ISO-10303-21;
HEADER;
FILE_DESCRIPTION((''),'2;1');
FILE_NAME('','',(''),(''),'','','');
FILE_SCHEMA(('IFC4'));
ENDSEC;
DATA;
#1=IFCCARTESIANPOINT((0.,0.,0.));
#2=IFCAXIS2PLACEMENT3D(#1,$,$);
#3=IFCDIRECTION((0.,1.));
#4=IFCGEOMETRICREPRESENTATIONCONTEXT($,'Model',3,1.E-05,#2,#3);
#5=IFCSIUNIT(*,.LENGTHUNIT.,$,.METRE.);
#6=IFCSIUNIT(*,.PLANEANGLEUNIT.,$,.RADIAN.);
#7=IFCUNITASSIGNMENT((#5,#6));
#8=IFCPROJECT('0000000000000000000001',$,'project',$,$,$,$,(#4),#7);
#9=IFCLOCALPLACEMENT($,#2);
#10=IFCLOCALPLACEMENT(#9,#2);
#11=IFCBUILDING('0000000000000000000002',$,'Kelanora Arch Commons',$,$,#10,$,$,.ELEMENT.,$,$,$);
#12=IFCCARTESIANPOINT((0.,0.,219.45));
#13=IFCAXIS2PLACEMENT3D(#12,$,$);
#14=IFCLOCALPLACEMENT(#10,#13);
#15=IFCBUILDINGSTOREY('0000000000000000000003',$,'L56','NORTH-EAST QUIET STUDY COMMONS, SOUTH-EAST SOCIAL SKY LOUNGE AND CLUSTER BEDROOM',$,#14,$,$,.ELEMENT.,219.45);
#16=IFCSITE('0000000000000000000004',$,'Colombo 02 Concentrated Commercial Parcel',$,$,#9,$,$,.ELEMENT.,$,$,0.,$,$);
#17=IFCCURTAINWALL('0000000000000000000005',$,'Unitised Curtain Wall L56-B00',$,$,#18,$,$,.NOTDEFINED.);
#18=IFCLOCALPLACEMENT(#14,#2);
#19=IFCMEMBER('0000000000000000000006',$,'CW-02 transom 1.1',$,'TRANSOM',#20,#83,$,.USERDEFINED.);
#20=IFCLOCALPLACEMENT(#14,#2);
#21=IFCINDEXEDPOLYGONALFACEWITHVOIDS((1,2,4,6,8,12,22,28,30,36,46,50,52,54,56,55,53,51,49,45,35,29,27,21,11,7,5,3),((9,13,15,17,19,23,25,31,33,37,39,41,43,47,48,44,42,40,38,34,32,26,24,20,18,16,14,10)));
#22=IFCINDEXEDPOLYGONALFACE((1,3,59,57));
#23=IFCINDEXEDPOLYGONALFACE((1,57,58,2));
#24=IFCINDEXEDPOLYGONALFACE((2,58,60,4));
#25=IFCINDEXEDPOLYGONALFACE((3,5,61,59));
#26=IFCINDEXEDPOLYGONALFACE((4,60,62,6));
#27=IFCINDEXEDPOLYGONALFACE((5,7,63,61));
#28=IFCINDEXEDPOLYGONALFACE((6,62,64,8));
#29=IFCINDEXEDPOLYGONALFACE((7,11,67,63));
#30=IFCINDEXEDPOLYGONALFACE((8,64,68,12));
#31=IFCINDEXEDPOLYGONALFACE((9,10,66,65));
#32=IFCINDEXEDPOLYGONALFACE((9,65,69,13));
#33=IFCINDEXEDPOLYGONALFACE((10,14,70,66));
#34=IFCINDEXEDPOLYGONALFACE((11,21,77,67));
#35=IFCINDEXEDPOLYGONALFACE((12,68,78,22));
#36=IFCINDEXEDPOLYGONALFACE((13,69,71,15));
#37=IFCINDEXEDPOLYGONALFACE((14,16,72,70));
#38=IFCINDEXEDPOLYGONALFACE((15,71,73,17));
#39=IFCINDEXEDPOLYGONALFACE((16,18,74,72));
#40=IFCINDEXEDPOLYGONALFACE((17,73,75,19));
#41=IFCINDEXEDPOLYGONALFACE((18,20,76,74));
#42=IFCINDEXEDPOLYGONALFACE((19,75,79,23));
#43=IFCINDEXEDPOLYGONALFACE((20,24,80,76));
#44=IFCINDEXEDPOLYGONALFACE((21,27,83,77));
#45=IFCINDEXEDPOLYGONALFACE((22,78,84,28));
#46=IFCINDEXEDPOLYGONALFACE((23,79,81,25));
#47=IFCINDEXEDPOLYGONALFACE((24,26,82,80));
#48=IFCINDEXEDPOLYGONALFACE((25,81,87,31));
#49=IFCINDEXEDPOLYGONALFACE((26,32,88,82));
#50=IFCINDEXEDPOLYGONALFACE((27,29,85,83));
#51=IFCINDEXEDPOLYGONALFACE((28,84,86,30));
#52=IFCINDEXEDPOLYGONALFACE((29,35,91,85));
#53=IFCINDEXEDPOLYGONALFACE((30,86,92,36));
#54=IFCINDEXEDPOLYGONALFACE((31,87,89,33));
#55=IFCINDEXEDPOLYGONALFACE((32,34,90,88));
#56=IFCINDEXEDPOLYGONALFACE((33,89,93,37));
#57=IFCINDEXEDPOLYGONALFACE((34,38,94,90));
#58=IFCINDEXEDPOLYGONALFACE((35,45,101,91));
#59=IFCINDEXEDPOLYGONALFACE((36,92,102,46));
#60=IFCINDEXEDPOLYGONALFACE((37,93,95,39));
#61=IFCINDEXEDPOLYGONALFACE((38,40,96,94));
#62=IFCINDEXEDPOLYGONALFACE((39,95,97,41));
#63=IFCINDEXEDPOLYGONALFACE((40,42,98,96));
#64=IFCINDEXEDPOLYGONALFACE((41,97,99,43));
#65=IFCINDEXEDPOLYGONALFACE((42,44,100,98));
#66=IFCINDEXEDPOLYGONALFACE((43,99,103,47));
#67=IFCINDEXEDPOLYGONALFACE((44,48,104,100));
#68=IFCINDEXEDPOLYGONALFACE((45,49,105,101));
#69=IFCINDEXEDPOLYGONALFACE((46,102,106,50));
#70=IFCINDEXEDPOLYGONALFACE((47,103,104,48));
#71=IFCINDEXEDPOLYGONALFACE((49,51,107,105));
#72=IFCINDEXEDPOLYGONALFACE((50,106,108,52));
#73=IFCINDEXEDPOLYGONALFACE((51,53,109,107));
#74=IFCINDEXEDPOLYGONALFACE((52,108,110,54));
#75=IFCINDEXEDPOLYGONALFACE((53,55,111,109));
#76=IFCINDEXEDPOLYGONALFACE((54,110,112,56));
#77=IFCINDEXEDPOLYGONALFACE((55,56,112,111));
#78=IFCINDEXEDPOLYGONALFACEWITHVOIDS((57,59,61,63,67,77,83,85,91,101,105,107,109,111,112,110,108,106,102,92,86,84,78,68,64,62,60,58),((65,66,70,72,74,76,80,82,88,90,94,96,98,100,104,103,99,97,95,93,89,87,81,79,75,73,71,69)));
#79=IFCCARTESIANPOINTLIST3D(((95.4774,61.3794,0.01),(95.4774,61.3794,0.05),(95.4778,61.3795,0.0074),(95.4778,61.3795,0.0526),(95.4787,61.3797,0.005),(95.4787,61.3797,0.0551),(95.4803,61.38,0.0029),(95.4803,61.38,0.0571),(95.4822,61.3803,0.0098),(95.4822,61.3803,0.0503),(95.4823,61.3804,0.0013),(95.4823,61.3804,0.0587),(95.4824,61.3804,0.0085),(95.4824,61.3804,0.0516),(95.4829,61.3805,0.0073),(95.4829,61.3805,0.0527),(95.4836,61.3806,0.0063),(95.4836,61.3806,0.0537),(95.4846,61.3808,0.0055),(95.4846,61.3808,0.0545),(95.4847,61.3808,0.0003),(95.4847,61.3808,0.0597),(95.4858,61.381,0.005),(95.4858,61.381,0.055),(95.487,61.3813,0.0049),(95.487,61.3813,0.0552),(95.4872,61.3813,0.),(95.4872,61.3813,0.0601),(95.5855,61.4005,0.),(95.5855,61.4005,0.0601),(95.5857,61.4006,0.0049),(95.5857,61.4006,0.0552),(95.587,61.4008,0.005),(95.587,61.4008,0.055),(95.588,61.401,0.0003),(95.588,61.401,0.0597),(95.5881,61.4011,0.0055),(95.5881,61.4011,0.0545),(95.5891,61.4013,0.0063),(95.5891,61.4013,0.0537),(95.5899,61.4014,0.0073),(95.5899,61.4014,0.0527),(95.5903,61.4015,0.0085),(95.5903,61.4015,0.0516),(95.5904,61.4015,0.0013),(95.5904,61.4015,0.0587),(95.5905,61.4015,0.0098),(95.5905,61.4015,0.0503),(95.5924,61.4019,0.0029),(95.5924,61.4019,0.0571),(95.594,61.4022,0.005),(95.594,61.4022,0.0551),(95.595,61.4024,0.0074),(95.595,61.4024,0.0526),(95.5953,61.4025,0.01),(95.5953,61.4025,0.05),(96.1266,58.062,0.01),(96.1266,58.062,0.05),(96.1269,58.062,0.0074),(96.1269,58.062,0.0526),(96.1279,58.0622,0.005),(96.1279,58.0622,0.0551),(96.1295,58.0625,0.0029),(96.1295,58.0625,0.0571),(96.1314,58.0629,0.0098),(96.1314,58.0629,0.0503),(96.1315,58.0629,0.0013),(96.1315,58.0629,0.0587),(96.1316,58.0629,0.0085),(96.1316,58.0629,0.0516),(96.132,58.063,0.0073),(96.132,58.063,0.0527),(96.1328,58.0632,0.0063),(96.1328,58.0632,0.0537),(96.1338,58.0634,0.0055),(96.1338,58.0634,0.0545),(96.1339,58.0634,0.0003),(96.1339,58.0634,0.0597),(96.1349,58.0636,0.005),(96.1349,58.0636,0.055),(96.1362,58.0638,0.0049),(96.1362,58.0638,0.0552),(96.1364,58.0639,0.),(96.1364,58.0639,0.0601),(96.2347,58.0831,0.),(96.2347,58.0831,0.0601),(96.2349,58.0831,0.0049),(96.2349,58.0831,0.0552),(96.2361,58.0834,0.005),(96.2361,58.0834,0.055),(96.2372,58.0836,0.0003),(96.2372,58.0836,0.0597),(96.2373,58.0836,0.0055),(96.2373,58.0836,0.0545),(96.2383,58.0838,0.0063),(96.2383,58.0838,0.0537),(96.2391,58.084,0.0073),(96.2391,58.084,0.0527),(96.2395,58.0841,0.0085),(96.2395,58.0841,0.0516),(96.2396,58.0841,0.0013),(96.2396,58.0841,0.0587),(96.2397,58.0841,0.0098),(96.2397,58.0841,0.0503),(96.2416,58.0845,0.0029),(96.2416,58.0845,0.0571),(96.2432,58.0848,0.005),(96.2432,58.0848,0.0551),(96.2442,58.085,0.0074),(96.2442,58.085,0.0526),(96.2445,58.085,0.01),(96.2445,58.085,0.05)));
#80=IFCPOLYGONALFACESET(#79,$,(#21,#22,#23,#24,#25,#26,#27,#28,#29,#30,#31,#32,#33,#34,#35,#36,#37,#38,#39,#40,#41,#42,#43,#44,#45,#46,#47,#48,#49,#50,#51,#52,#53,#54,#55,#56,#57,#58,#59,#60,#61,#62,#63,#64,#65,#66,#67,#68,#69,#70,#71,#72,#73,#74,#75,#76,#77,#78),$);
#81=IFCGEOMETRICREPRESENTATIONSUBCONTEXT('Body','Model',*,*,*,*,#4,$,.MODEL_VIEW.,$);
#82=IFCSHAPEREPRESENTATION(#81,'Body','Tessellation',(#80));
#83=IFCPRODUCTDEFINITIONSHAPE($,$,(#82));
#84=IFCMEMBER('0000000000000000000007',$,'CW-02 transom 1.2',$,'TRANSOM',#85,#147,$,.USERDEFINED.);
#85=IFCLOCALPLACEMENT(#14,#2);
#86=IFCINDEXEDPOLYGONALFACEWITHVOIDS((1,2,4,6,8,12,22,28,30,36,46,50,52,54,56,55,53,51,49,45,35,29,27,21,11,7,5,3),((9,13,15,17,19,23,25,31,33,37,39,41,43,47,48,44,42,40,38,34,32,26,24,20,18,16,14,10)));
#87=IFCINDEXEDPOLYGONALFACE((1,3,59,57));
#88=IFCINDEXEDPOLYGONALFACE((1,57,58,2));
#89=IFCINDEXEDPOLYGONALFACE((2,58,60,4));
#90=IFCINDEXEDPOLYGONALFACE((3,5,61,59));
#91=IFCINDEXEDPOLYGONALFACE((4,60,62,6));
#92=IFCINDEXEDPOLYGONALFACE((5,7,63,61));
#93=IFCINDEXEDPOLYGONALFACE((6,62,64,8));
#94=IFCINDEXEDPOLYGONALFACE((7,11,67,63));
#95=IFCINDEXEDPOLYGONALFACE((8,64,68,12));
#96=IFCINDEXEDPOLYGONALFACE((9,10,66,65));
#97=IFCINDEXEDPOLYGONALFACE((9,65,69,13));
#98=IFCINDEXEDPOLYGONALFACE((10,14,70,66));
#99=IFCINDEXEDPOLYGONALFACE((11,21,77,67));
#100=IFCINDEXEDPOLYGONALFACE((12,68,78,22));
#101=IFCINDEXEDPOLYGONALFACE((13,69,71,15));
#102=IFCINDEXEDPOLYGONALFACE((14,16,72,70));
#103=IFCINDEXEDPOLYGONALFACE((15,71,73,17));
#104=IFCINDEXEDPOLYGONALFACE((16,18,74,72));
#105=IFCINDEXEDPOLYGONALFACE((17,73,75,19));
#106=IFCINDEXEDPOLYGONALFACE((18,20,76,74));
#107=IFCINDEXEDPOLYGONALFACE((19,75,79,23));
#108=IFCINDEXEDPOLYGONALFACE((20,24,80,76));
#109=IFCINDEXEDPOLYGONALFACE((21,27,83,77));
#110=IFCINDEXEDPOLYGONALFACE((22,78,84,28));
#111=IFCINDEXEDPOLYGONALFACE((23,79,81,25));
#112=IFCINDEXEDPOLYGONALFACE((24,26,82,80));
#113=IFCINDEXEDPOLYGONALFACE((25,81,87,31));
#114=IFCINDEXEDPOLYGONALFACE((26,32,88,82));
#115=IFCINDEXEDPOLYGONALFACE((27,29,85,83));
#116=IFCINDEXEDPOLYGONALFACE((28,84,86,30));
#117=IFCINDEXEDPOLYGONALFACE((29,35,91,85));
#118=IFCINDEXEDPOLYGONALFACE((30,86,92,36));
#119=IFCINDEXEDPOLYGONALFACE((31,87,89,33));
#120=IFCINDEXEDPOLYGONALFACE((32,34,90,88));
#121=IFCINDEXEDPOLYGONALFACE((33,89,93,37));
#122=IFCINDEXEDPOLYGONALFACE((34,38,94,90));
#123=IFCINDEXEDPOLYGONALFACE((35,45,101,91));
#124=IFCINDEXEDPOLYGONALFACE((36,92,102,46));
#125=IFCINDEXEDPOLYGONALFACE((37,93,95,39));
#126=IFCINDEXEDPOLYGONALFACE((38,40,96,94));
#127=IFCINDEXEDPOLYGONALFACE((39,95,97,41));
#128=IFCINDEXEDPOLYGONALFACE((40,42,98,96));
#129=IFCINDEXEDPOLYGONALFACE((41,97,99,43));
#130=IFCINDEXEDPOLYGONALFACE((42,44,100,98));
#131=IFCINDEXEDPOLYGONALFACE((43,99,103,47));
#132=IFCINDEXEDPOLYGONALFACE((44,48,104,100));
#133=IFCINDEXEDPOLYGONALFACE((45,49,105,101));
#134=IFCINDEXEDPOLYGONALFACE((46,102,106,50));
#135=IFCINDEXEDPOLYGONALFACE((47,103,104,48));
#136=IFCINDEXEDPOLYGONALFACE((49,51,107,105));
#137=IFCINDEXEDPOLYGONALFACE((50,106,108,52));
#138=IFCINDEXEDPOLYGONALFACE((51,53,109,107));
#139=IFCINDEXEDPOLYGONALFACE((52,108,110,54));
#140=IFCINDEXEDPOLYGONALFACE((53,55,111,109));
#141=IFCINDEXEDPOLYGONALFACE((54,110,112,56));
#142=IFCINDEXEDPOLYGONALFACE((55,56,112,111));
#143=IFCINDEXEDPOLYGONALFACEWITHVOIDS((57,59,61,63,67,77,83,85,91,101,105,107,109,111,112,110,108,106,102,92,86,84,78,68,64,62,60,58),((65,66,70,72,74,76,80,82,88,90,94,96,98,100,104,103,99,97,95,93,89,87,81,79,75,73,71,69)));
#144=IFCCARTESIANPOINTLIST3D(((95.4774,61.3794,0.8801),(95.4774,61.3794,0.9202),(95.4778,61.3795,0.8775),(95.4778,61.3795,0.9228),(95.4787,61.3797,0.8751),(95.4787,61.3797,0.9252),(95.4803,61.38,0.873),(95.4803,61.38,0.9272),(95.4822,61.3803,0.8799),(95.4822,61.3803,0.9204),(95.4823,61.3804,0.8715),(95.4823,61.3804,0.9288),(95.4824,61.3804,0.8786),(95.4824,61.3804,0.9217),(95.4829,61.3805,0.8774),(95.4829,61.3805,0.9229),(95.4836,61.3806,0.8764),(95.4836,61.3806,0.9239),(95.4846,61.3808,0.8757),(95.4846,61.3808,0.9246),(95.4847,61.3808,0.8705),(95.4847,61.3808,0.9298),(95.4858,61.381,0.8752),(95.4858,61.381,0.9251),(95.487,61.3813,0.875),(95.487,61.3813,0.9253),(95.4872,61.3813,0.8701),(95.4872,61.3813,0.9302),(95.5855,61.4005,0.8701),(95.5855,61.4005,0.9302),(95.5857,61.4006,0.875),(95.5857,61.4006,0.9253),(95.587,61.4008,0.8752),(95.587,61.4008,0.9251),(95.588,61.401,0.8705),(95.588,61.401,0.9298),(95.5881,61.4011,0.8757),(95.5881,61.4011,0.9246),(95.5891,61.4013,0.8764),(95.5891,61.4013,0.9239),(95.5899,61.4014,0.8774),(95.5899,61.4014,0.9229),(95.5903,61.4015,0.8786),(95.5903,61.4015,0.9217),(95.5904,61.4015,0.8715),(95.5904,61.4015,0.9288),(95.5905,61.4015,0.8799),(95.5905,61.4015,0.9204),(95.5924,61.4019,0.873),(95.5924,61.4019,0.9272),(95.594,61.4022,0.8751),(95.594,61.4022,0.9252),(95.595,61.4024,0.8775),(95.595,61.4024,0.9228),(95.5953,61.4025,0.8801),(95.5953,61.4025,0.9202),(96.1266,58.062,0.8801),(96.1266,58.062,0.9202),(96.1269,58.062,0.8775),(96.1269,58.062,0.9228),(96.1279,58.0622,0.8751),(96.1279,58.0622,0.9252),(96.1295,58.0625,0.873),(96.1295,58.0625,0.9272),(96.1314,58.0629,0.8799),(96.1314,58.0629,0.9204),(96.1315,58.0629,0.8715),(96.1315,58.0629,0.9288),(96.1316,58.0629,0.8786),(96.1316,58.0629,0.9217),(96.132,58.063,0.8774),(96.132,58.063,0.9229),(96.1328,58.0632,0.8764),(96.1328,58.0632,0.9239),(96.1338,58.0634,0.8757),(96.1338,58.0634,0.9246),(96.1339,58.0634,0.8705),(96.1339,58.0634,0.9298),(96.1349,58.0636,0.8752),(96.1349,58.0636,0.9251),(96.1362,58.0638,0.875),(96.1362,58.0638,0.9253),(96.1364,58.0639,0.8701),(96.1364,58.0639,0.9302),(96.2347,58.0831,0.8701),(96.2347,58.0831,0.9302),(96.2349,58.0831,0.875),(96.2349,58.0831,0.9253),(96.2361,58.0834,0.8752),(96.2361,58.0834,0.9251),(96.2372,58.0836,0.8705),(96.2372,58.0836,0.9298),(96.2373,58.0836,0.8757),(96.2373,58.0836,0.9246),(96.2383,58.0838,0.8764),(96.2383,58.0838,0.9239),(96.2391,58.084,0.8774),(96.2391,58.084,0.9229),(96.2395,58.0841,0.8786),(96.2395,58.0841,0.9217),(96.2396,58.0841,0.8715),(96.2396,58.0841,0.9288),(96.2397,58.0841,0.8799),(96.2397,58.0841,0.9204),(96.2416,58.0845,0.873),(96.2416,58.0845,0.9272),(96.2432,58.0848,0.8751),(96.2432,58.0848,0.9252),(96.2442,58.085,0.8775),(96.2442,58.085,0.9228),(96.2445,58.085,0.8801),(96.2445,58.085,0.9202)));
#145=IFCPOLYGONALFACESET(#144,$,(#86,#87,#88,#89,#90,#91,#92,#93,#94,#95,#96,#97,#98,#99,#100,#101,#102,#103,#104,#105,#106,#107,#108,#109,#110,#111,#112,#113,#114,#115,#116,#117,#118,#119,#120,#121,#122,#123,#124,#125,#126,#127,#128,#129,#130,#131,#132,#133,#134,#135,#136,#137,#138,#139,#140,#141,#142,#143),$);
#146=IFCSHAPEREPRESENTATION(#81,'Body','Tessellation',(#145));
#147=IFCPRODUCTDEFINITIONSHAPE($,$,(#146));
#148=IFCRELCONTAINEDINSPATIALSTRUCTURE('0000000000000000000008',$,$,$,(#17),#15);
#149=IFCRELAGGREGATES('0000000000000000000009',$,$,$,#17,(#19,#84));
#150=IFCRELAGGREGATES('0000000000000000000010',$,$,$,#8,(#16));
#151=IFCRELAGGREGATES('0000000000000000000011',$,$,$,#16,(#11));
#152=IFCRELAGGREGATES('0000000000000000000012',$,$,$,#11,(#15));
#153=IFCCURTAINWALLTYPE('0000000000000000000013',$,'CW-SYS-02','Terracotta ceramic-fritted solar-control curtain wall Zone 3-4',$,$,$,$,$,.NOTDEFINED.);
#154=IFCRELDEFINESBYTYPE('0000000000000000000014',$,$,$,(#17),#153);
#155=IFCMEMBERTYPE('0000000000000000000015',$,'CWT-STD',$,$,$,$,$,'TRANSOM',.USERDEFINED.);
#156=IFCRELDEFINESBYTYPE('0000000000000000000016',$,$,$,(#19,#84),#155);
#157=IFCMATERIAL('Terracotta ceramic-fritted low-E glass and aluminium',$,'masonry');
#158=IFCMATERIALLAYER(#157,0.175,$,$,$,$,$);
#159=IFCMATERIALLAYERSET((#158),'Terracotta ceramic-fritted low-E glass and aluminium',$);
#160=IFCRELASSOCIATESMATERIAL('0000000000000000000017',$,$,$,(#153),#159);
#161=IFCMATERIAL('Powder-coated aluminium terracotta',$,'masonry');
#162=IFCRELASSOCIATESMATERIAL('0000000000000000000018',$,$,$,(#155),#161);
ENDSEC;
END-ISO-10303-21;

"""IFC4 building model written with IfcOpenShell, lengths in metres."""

from ifc_helpers import new_model, si_unit, direction, frame, origin, origin_2d, place, context, subcontext, project, spatial, hollow_rectangle, extrude, material, layer, layer_set, material_profile, profile_set, type_object, element, aggregate, save


model = new_model("IFC4")

# Units and contexts
model_context = context("Model", 3, precision=1e-05, world=origin(), true_north=direction((0.0, 1.0)))
body_context = subcontext(model_context, "Body", "Model", "MODEL_VIEW")
ifc_project = project(units=[si_unit("LENGTHUNIT", "METRE"), si_unit("PLANEANGLEUNIT", "RADIAN")], contexts=[model_context])

# Site, building, storey
site_placement = place(None, origin())
site = spatial("IfcSite", under=ifc_project, at=site_placement, Name="Colombo 02 Concentrated Commercial Parcel", CompositionType="ELEMENT", RefElevation=0.0)
building_placement = place(site_placement, origin())
building = spatial("IfcBuilding", under=site, at=building_placement, Name="Kelanora Arch Commons", CompositionType="ELEMENT")
storey_placement = place(building_placement, frame((0.0, 0.0, 219.45)))
storey = spatial("IfcBuildingStorey", under=building, at=storey_placement, Name="L56", Description="NORTH-EAST QUIET STUDY COMMONS, SOUTH-EAST SOCIAL SKY LOUNGE AND CLUSTER BEDROOM", CompositionType="ELEMENT", Elevation=219.45)

# Curtain wall, members
ifc_material_1 = material(Name="Terracotta ceramic-fritted low-E glass and aluminium", Category="masonry")
ifc_layer_1 = layer(ifc_material_1, 0.175)
ifc_layer_set_1 = layer_set([ifc_layer_1], Name="Terracotta ceramic-fritted low-E glass and aluminium")
curtain_wall_type = type_object("IfcCurtainWallType", Name="CW-SYS-02", Description="Terracotta ceramic-fritted solar-control curtain wall Zone 3-4", PredefinedType="NOTDEFINED", material=ifc_layer_set_1)
curtain_wall_placement = place(storey_placement, origin())
curtain_wall = element("IfcCurtainWall", 1, at=curtain_wall_placement, inside=storey, type_object=curtain_wall_type, Name="Unitised Curtain Wall L56-B00", PredefinedType="NOTDEFINED")
ifc_material_2 = material(Name="Powder-coated aluminium terracotta", Category="masonry")
ifc_material_profile_1 = material_profile(ifc_material_2, hollow_rectangle(XDim=0.1201, YDim=0.0601, WallThickness=0.0049, InnerFilletRadius=0.0049, OuterFilletRadius=0.01, at=origin_2d()), Name="CWT120x60")
ifc_profile_set_1 = profile_set([ifc_material_profile_1], Name="Powder-coated aluminium terracotta")
member_type_1 = type_object("IfcMemberType", Name="CWT-STD", ElementType="TRANSOM", PredefinedType="USERDEFINED", material=ifc_profile_set_1)
member_1_placement = place(storey_placement, frame((96.1855, 58.0735, 0.03), z_axis=(-0.192045, 0.981386, 0.0), x_axis=(-0.981386, -0.192045, 0.0)))
member_1 = element("IfcMember", 2, at=member_1_placement, type_object=member_type_1, Name="CW-02 transom 1.1", ObjectType="TRANSOM", PredefinedType="USERDEFINED", context=body_context, shape_type="SweptSolid", body=[
    extrude(hollow_rectangle(XDim=0.1201, YDim=0.0601, WallThickness=0.0049, InnerFilletRadius=0.0049, OuterFilletRadius=0.01, at=origin_2d()), origin(), (0.0, 0.0, 1.0), 3.3804),
])
member_2_placement = place(storey_placement, frame((96.1855, 58.0735, 0.9001), z_axis=(-0.192045, 0.981386, 0.0), x_axis=(-0.981386, -0.192045, 0.0)))
member_2 = element("IfcMember", 3, at=member_2_placement, type_object=member_type_1, Name="CW-02 transom 1.2", ObjectType="TRANSOM", PredefinedType="USERDEFINED", context=body_context, shape_type="SweptSolid", body=[
    extrude(hollow_rectangle(XDim=0.1201, YDim=0.0601, WallThickness=0.0049, InnerFilletRadius=0.0049, OuterFilletRadius=0.01, at=origin_2d()), origin(), (0.0, 0.0, 1.0), 3.3804),
])
aggregate(curtain_wall, [member_1, member_2])

save(model, "model.ifc")
